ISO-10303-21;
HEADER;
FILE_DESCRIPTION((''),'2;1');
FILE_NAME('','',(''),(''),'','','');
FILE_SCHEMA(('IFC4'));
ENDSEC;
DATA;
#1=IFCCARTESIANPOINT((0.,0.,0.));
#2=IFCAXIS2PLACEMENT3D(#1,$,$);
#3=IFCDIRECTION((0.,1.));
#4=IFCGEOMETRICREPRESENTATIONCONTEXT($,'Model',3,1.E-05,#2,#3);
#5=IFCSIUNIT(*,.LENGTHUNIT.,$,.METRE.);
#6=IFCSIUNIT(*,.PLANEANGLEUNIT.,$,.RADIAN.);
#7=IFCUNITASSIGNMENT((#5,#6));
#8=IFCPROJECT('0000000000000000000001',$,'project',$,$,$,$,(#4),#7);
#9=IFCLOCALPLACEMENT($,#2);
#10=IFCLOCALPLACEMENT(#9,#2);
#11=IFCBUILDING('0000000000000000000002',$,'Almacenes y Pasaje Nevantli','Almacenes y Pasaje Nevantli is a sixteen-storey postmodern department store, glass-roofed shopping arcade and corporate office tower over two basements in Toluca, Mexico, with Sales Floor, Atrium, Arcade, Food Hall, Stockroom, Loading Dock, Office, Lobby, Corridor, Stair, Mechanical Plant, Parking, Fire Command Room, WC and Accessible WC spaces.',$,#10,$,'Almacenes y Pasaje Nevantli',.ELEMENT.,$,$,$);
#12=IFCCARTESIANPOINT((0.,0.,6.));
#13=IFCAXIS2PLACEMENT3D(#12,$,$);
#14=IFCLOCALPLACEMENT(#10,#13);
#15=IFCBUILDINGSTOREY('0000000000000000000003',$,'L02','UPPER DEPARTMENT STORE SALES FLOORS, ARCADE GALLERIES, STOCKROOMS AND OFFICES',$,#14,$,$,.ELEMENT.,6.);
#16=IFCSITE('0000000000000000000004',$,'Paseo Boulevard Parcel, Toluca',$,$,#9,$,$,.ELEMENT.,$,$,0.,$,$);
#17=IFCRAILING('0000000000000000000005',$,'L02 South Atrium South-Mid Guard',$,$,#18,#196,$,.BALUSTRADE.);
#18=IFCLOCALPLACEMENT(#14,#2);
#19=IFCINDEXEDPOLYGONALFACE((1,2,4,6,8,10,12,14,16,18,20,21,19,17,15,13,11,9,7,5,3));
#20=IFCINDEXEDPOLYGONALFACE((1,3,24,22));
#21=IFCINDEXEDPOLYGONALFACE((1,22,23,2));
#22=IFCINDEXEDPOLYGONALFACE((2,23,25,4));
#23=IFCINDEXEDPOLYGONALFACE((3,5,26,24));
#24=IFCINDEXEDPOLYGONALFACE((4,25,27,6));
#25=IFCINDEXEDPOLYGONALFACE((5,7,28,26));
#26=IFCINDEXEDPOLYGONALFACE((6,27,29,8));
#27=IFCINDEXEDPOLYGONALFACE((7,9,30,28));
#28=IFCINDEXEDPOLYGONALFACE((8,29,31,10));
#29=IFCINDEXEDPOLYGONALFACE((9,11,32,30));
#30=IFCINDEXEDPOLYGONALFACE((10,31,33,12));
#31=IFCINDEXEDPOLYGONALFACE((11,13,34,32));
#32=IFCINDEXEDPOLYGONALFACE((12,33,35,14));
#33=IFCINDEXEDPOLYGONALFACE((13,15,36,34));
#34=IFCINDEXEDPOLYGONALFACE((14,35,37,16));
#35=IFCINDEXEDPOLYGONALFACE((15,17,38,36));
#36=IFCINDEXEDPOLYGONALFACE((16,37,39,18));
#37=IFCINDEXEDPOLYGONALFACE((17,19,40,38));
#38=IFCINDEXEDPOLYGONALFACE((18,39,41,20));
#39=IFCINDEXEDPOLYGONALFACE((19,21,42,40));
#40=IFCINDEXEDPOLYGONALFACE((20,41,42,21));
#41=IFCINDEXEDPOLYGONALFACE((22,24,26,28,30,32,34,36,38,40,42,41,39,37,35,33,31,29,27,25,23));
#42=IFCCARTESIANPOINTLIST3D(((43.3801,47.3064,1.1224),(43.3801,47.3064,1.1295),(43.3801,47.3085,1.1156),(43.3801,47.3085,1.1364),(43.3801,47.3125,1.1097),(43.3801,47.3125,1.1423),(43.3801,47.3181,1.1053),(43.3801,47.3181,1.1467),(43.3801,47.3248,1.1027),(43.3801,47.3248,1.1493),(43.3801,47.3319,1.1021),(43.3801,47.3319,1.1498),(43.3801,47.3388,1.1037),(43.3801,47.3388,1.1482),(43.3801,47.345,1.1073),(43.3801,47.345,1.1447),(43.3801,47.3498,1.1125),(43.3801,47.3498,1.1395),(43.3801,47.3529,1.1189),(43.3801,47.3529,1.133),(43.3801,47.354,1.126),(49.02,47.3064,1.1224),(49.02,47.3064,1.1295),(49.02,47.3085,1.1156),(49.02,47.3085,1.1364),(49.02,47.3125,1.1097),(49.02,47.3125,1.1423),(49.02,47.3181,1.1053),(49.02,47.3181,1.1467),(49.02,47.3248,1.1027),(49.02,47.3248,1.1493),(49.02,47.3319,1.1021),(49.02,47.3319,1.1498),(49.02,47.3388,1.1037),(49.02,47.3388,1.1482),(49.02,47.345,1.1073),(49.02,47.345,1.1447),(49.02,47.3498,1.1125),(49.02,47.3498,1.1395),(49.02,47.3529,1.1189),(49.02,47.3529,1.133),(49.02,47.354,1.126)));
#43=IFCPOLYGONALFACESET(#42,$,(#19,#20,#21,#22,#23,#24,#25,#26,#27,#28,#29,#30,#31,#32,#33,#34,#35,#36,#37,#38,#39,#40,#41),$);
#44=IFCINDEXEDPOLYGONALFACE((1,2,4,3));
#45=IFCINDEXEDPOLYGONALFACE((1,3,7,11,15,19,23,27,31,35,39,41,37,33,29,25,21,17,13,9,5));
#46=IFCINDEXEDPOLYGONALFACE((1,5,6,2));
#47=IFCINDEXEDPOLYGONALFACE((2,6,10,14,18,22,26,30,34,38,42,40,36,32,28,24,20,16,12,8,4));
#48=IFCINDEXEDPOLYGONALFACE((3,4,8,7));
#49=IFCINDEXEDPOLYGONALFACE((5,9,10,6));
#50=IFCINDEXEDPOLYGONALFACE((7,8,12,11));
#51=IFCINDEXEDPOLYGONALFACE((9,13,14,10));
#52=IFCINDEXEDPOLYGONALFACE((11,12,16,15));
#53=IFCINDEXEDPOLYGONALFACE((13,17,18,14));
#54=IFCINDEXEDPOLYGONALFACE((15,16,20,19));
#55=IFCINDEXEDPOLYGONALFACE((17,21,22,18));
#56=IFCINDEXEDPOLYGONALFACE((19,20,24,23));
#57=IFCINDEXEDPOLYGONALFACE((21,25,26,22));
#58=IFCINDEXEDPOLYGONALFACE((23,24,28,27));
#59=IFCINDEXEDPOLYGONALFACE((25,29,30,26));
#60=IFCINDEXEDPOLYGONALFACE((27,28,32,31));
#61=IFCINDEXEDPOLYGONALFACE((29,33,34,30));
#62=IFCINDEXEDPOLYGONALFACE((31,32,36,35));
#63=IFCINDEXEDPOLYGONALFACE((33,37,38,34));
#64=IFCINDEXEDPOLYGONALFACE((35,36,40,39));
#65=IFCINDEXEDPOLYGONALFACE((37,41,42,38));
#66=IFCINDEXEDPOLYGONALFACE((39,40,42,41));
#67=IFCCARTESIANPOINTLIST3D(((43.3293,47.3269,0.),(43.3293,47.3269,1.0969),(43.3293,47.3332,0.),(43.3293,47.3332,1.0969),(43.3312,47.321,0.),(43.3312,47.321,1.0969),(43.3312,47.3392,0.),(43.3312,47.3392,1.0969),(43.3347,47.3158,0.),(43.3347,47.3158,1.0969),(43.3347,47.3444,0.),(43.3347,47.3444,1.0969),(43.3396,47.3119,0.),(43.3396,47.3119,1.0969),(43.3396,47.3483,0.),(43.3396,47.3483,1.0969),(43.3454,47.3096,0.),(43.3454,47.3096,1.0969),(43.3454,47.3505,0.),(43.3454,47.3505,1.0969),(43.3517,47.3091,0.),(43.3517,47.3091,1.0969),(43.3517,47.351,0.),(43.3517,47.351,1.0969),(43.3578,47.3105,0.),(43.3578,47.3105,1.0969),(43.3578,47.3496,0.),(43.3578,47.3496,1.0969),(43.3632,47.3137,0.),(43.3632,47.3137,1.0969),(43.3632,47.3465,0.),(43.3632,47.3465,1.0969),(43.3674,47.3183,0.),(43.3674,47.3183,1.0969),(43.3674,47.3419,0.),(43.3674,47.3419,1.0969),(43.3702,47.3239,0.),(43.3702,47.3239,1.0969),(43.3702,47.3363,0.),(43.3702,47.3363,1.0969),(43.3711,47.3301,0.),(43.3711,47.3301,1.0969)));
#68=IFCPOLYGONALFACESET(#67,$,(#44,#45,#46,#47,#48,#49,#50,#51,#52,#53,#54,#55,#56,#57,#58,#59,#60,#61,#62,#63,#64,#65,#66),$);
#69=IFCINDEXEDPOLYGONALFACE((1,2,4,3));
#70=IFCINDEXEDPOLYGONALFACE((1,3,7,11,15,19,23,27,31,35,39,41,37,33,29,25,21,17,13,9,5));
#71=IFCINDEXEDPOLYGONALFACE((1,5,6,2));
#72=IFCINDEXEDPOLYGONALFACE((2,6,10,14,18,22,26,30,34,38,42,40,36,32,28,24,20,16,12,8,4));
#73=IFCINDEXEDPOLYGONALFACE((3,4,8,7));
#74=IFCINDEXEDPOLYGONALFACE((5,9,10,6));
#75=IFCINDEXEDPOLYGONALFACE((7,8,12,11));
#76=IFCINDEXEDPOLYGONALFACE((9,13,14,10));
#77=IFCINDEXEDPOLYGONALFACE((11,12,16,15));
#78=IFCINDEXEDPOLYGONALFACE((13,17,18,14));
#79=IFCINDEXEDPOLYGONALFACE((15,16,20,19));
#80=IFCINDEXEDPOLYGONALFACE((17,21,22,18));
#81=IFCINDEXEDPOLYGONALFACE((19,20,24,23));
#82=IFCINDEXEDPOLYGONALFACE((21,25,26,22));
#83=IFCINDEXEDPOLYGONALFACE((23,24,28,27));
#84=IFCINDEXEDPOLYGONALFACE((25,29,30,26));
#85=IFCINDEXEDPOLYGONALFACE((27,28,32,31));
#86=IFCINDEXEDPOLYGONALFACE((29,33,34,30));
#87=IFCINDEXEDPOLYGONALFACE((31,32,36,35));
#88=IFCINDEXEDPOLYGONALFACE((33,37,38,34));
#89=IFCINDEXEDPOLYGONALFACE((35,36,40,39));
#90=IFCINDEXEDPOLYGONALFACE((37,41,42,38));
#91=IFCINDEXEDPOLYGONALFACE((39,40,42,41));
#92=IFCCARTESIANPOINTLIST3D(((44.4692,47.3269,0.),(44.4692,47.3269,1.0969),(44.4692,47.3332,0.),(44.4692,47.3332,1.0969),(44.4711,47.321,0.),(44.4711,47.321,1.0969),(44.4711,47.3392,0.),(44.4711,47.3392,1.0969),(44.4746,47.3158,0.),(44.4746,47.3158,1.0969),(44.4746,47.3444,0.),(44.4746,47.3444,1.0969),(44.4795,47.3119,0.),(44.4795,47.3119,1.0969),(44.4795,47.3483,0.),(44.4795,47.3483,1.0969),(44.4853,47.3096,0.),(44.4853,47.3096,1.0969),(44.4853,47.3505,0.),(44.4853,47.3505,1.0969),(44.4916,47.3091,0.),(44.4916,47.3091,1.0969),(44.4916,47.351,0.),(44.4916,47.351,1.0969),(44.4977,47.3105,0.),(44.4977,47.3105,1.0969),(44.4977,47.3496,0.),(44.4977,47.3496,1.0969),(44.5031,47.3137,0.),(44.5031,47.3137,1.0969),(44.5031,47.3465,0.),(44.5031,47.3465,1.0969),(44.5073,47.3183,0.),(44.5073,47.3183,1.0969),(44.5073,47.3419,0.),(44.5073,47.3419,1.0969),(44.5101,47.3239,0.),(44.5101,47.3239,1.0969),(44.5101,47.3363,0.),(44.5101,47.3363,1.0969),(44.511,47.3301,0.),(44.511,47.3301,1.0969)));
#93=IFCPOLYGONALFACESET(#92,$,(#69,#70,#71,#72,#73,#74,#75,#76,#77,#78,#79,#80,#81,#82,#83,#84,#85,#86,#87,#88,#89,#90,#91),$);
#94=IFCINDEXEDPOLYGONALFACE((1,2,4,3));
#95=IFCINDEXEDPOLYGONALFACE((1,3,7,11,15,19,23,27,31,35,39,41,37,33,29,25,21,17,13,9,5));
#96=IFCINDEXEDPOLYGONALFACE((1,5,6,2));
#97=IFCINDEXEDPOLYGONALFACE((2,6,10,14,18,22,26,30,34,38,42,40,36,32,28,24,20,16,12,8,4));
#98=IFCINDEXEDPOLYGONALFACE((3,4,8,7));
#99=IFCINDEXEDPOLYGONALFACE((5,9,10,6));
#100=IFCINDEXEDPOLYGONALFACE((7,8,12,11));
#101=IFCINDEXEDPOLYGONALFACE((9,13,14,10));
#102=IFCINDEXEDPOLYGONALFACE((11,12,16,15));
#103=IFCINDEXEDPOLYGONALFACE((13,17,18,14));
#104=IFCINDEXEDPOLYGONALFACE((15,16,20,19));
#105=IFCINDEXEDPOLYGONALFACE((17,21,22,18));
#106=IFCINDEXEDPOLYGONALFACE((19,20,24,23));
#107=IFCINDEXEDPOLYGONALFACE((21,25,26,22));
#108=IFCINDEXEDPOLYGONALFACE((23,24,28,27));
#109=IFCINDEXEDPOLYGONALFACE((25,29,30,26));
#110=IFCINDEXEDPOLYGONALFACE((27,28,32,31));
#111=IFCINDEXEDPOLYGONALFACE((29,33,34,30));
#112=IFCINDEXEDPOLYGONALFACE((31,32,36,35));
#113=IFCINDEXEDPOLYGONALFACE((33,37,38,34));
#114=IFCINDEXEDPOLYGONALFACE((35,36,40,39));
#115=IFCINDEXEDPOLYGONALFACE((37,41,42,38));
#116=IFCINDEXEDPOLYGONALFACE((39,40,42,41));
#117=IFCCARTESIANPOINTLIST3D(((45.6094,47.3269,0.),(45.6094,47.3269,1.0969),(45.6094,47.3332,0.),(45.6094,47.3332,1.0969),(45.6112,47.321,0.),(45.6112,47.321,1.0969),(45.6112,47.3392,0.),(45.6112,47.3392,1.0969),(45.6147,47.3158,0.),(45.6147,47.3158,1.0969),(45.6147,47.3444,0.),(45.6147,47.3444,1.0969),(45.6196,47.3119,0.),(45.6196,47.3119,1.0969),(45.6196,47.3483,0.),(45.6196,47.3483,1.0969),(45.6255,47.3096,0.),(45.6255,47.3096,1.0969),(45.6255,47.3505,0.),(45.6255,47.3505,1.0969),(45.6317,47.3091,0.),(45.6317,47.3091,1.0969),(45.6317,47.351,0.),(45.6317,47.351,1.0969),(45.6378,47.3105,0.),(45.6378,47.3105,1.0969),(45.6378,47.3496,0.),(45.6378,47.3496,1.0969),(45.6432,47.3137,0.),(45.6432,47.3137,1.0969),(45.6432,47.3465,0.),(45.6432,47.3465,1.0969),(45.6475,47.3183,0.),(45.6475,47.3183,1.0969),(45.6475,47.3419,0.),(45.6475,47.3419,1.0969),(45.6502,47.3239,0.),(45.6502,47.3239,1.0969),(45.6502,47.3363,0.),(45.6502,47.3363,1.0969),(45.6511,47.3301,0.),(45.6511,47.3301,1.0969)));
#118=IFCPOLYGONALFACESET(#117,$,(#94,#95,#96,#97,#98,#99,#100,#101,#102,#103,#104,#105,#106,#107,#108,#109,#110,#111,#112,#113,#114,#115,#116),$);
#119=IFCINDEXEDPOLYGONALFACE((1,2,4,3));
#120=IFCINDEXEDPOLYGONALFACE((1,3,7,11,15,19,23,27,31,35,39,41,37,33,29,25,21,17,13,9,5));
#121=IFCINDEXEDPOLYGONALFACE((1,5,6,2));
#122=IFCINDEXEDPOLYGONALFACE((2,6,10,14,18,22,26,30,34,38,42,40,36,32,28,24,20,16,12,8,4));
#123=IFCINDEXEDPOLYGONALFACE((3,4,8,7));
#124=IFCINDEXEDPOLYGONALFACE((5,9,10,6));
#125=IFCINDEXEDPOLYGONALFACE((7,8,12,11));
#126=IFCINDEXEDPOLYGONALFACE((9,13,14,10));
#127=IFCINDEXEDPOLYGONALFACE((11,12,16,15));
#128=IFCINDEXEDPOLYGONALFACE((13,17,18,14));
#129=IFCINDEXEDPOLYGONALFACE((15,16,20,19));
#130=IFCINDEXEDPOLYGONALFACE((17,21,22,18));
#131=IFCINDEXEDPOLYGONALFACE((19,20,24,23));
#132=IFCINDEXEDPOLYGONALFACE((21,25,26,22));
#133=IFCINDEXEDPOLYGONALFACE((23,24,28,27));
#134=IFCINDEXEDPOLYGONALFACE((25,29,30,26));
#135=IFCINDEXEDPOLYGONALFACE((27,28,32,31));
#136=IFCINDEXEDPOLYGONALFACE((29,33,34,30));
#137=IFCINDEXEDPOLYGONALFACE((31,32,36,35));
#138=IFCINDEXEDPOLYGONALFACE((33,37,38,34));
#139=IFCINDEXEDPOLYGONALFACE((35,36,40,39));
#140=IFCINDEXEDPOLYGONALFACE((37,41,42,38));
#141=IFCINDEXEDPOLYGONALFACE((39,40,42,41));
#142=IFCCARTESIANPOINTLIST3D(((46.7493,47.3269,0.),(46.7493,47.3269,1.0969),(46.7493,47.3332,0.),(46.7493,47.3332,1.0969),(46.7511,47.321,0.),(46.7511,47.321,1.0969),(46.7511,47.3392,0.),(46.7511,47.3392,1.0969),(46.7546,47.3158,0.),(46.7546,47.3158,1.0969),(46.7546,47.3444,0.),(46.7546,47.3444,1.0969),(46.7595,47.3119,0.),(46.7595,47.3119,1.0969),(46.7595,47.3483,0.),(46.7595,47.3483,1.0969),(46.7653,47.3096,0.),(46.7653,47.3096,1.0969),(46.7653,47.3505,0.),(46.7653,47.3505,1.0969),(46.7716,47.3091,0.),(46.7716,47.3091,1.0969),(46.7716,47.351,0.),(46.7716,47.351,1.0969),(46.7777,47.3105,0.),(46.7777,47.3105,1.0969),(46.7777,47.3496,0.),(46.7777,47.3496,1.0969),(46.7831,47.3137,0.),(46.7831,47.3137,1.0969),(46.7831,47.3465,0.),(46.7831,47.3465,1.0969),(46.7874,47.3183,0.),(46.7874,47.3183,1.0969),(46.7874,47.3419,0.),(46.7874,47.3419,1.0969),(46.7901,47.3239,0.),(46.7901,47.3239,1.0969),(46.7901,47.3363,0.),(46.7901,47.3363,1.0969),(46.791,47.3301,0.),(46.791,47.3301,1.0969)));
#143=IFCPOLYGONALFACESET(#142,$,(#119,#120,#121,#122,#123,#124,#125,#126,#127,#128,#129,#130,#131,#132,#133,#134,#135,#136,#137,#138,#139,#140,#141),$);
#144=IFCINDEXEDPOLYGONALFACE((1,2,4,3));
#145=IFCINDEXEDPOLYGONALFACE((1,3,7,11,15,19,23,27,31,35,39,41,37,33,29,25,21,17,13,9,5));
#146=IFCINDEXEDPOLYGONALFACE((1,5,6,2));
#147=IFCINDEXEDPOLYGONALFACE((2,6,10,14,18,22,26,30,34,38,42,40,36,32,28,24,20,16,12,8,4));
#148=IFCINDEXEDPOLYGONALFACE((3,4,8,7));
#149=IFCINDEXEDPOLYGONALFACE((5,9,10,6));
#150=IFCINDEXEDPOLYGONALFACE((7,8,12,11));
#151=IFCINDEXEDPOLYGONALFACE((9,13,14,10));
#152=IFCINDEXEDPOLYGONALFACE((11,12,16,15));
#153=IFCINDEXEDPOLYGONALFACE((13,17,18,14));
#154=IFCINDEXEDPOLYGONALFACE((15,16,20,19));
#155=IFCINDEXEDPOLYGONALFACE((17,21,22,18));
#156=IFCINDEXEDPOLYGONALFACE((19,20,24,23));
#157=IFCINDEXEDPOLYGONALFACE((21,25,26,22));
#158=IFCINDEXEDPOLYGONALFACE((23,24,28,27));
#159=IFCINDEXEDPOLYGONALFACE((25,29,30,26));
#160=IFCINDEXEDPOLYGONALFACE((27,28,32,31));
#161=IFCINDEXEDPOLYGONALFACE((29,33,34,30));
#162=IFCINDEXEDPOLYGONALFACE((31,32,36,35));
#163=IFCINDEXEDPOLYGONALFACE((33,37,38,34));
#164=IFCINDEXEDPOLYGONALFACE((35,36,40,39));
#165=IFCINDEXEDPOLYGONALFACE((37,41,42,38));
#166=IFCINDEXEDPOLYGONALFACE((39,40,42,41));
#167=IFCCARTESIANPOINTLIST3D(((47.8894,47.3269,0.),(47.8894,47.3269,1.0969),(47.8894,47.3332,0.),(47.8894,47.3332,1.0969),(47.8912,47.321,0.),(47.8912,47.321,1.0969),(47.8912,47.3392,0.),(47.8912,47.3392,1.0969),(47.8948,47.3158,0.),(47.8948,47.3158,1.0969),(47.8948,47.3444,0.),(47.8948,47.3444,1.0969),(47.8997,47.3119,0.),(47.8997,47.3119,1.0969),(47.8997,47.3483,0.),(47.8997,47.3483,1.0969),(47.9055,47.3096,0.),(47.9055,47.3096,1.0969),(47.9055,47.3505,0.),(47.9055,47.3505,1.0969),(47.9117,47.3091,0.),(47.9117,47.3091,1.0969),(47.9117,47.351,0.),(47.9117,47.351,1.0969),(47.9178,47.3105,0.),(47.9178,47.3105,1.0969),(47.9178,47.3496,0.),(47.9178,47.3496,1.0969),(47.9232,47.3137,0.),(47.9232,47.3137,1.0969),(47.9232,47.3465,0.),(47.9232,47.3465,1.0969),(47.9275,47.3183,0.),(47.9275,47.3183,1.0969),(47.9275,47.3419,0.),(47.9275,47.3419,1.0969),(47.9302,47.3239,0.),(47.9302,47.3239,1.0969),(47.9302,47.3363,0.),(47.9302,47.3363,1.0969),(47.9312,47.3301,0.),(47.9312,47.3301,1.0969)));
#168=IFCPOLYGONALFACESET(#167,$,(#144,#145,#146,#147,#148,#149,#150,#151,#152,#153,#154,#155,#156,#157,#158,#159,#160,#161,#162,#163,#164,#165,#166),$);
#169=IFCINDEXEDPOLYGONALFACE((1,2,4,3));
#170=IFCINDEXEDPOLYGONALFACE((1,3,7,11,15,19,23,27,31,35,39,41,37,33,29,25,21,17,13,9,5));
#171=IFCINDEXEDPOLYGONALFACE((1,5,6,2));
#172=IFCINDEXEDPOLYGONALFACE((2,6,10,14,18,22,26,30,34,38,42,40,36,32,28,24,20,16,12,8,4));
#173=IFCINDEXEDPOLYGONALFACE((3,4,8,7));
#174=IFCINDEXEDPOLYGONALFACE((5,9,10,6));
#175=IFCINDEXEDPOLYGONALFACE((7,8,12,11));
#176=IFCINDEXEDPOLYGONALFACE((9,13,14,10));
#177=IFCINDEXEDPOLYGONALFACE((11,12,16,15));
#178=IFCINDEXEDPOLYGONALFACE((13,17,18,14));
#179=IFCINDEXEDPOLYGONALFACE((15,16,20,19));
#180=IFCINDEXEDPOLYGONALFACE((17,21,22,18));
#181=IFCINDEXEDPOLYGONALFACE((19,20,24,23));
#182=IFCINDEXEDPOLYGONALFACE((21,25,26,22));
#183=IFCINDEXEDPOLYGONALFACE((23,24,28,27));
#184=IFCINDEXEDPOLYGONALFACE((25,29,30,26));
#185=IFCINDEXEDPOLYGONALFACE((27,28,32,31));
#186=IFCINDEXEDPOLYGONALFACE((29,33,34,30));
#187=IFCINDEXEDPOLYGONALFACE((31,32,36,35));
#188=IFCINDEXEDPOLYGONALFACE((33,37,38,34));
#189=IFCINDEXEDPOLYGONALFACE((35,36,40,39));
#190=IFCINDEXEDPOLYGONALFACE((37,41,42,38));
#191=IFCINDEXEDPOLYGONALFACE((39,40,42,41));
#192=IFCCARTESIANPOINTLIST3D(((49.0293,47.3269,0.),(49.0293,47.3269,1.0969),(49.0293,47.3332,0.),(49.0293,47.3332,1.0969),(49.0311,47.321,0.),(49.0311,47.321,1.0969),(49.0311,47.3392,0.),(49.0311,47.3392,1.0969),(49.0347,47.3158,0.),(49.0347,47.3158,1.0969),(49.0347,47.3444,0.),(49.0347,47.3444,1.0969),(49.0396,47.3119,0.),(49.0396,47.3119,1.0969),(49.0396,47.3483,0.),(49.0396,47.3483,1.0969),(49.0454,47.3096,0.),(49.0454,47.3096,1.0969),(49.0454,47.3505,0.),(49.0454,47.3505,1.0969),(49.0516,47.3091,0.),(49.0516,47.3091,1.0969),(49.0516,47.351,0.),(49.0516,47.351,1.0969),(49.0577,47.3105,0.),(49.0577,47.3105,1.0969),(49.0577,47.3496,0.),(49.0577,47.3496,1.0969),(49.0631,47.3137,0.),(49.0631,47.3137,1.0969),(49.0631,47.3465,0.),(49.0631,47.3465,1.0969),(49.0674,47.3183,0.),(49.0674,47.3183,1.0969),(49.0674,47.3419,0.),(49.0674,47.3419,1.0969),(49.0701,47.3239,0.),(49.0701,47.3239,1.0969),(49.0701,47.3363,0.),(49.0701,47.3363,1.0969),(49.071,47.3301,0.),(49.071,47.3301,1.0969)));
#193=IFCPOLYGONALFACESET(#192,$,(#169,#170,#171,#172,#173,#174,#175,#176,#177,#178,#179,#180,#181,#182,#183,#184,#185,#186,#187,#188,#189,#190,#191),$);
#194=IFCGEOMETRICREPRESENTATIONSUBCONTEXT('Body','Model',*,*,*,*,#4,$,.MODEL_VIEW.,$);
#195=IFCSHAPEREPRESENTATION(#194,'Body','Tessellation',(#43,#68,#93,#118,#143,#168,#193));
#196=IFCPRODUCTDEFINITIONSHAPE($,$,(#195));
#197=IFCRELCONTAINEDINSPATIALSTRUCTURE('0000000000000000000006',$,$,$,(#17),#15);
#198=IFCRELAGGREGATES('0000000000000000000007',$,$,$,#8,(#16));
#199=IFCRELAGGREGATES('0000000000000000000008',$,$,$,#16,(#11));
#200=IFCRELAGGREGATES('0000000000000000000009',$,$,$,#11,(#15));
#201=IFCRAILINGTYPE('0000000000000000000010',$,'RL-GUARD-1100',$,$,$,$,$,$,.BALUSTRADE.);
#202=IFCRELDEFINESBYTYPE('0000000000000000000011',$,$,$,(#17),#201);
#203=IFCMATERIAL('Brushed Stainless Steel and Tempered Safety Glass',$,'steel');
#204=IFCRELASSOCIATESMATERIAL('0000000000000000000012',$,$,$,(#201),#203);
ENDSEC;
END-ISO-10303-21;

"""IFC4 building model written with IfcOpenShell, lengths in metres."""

from ifc_helpers import new_model, si_unit, direction, frame, origin, origin_2d, place, context, subcontext, project, spatial, circle, extrude, material, type_object, element, save


model = new_model("IFC4")

# Units and contexts
model_context = context("Model", 3, precision=1e-05, world=origin(), true_north=direction((0.0, 1.0)))
body_context = subcontext(model_context, "Body", "Model", "MODEL_VIEW")
ifc_project = project(units=[si_unit("LENGTHUNIT", "METRE"), si_unit("PLANEANGLEUNIT", "RADIAN")], contexts=[model_context])

# Site, building, storey
site_placement = place(None, origin())
site = spatial("IfcSite", under=ifc_project, at=site_placement, Name="Paseo Boulevard Parcel, Toluca", CompositionType="ELEMENT", RefElevation=0.0)
building_placement = place(site_placement, origin())
building = spatial("IfcBuilding", under=site, at=building_placement, Name="Almacenes y Pasaje Nevantli", Description="Almacenes y Pasaje Nevantli is a sixteen-storey postmodern department store, glass-roofed shopping arcade and corporate office tower over two basements in Toluca, Mexico, with Sales Floor, Atrium, Arcade, Food Hall, Stockroom, Loading Dock, Office, Lobby, Corridor, Stair, Mechanical Plant, Parking, Fire Command Room, WC and Accessible WC spaces.", LongName="Almacenes y Pasaje Nevantli", CompositionType="ELEMENT")
storey_placement = place(building_placement, frame((0.0, 0.0, 6.0)))
storey = spatial("IfcBuildingStorey", under=building, at=storey_placement, Name="L02", Description="UPPER DEPARTMENT STORE SALES FLOORS, ARCADE GALLERIES, STOCKROOMS AND OFFICES", CompositionType="ELEMENT", Elevation=6.0)

# Railing
ifc_material_1 = material(Name="Brushed Stainless Steel and Tempered Safety Glass", Category="steel")
railing_type = type_object("IfcRailingType", Name="RL-GUARD-1100", PredefinedType="BALUSTRADE", material=ifc_material_1)
railing_1_placement = place(storey_placement, frame((43.3501, 47.3301, 0.0)))
element("IfcRailing", 1, at=railing_1_placement, inside=storey, type_object=railing_type, Name="L02 South Atrium South-Mid Guard", PredefinedType="BALUSTRADE", context=body_context, shape_type="SweptSolid", body=[
    extrude(circle(Radius=0.0239, at=origin_2d()), frame((0.03, 0.0, 1.126), z_axis=(1.0, 0.0, 0.0), x_axis=(0.0, 1.0, 0.0)), (0.0, 0.0, 1.0), 5.6399),
    extrude(circle(Radius=0.021, at=origin_2d()), origin(), (0.0, 0.0, 1.0), 1.0969),
    extrude(circle(Radius=0.021, at=origin_2d()), frame((1.1399, 0.0, 0.0)), (0.0, 0.0, 1.0), 1.0969),
    extrude(circle(Radius=0.021, at=origin_2d()), frame((2.28, 0.0, 0.0)), (0.0, 0.0, 1.0), 1.0969),
    extrude(circle(Radius=0.021, at=origin_2d()), frame((3.4199, 0.0, 0.0)), (0.0, 0.0, 1.0), 1.0969),
    extrude(circle(Radius=0.021, at=origin_2d()), frame((4.5601, 0.0, 0.0)), (0.0, 0.0, 1.0), 1.0969),
    extrude(circle(Radius=0.021, at=origin_2d()), frame((5.7, 0.0, 0.0)), (0.0, 0.0, 1.0), 1.0969),
])

save(model, "model.ifc")
